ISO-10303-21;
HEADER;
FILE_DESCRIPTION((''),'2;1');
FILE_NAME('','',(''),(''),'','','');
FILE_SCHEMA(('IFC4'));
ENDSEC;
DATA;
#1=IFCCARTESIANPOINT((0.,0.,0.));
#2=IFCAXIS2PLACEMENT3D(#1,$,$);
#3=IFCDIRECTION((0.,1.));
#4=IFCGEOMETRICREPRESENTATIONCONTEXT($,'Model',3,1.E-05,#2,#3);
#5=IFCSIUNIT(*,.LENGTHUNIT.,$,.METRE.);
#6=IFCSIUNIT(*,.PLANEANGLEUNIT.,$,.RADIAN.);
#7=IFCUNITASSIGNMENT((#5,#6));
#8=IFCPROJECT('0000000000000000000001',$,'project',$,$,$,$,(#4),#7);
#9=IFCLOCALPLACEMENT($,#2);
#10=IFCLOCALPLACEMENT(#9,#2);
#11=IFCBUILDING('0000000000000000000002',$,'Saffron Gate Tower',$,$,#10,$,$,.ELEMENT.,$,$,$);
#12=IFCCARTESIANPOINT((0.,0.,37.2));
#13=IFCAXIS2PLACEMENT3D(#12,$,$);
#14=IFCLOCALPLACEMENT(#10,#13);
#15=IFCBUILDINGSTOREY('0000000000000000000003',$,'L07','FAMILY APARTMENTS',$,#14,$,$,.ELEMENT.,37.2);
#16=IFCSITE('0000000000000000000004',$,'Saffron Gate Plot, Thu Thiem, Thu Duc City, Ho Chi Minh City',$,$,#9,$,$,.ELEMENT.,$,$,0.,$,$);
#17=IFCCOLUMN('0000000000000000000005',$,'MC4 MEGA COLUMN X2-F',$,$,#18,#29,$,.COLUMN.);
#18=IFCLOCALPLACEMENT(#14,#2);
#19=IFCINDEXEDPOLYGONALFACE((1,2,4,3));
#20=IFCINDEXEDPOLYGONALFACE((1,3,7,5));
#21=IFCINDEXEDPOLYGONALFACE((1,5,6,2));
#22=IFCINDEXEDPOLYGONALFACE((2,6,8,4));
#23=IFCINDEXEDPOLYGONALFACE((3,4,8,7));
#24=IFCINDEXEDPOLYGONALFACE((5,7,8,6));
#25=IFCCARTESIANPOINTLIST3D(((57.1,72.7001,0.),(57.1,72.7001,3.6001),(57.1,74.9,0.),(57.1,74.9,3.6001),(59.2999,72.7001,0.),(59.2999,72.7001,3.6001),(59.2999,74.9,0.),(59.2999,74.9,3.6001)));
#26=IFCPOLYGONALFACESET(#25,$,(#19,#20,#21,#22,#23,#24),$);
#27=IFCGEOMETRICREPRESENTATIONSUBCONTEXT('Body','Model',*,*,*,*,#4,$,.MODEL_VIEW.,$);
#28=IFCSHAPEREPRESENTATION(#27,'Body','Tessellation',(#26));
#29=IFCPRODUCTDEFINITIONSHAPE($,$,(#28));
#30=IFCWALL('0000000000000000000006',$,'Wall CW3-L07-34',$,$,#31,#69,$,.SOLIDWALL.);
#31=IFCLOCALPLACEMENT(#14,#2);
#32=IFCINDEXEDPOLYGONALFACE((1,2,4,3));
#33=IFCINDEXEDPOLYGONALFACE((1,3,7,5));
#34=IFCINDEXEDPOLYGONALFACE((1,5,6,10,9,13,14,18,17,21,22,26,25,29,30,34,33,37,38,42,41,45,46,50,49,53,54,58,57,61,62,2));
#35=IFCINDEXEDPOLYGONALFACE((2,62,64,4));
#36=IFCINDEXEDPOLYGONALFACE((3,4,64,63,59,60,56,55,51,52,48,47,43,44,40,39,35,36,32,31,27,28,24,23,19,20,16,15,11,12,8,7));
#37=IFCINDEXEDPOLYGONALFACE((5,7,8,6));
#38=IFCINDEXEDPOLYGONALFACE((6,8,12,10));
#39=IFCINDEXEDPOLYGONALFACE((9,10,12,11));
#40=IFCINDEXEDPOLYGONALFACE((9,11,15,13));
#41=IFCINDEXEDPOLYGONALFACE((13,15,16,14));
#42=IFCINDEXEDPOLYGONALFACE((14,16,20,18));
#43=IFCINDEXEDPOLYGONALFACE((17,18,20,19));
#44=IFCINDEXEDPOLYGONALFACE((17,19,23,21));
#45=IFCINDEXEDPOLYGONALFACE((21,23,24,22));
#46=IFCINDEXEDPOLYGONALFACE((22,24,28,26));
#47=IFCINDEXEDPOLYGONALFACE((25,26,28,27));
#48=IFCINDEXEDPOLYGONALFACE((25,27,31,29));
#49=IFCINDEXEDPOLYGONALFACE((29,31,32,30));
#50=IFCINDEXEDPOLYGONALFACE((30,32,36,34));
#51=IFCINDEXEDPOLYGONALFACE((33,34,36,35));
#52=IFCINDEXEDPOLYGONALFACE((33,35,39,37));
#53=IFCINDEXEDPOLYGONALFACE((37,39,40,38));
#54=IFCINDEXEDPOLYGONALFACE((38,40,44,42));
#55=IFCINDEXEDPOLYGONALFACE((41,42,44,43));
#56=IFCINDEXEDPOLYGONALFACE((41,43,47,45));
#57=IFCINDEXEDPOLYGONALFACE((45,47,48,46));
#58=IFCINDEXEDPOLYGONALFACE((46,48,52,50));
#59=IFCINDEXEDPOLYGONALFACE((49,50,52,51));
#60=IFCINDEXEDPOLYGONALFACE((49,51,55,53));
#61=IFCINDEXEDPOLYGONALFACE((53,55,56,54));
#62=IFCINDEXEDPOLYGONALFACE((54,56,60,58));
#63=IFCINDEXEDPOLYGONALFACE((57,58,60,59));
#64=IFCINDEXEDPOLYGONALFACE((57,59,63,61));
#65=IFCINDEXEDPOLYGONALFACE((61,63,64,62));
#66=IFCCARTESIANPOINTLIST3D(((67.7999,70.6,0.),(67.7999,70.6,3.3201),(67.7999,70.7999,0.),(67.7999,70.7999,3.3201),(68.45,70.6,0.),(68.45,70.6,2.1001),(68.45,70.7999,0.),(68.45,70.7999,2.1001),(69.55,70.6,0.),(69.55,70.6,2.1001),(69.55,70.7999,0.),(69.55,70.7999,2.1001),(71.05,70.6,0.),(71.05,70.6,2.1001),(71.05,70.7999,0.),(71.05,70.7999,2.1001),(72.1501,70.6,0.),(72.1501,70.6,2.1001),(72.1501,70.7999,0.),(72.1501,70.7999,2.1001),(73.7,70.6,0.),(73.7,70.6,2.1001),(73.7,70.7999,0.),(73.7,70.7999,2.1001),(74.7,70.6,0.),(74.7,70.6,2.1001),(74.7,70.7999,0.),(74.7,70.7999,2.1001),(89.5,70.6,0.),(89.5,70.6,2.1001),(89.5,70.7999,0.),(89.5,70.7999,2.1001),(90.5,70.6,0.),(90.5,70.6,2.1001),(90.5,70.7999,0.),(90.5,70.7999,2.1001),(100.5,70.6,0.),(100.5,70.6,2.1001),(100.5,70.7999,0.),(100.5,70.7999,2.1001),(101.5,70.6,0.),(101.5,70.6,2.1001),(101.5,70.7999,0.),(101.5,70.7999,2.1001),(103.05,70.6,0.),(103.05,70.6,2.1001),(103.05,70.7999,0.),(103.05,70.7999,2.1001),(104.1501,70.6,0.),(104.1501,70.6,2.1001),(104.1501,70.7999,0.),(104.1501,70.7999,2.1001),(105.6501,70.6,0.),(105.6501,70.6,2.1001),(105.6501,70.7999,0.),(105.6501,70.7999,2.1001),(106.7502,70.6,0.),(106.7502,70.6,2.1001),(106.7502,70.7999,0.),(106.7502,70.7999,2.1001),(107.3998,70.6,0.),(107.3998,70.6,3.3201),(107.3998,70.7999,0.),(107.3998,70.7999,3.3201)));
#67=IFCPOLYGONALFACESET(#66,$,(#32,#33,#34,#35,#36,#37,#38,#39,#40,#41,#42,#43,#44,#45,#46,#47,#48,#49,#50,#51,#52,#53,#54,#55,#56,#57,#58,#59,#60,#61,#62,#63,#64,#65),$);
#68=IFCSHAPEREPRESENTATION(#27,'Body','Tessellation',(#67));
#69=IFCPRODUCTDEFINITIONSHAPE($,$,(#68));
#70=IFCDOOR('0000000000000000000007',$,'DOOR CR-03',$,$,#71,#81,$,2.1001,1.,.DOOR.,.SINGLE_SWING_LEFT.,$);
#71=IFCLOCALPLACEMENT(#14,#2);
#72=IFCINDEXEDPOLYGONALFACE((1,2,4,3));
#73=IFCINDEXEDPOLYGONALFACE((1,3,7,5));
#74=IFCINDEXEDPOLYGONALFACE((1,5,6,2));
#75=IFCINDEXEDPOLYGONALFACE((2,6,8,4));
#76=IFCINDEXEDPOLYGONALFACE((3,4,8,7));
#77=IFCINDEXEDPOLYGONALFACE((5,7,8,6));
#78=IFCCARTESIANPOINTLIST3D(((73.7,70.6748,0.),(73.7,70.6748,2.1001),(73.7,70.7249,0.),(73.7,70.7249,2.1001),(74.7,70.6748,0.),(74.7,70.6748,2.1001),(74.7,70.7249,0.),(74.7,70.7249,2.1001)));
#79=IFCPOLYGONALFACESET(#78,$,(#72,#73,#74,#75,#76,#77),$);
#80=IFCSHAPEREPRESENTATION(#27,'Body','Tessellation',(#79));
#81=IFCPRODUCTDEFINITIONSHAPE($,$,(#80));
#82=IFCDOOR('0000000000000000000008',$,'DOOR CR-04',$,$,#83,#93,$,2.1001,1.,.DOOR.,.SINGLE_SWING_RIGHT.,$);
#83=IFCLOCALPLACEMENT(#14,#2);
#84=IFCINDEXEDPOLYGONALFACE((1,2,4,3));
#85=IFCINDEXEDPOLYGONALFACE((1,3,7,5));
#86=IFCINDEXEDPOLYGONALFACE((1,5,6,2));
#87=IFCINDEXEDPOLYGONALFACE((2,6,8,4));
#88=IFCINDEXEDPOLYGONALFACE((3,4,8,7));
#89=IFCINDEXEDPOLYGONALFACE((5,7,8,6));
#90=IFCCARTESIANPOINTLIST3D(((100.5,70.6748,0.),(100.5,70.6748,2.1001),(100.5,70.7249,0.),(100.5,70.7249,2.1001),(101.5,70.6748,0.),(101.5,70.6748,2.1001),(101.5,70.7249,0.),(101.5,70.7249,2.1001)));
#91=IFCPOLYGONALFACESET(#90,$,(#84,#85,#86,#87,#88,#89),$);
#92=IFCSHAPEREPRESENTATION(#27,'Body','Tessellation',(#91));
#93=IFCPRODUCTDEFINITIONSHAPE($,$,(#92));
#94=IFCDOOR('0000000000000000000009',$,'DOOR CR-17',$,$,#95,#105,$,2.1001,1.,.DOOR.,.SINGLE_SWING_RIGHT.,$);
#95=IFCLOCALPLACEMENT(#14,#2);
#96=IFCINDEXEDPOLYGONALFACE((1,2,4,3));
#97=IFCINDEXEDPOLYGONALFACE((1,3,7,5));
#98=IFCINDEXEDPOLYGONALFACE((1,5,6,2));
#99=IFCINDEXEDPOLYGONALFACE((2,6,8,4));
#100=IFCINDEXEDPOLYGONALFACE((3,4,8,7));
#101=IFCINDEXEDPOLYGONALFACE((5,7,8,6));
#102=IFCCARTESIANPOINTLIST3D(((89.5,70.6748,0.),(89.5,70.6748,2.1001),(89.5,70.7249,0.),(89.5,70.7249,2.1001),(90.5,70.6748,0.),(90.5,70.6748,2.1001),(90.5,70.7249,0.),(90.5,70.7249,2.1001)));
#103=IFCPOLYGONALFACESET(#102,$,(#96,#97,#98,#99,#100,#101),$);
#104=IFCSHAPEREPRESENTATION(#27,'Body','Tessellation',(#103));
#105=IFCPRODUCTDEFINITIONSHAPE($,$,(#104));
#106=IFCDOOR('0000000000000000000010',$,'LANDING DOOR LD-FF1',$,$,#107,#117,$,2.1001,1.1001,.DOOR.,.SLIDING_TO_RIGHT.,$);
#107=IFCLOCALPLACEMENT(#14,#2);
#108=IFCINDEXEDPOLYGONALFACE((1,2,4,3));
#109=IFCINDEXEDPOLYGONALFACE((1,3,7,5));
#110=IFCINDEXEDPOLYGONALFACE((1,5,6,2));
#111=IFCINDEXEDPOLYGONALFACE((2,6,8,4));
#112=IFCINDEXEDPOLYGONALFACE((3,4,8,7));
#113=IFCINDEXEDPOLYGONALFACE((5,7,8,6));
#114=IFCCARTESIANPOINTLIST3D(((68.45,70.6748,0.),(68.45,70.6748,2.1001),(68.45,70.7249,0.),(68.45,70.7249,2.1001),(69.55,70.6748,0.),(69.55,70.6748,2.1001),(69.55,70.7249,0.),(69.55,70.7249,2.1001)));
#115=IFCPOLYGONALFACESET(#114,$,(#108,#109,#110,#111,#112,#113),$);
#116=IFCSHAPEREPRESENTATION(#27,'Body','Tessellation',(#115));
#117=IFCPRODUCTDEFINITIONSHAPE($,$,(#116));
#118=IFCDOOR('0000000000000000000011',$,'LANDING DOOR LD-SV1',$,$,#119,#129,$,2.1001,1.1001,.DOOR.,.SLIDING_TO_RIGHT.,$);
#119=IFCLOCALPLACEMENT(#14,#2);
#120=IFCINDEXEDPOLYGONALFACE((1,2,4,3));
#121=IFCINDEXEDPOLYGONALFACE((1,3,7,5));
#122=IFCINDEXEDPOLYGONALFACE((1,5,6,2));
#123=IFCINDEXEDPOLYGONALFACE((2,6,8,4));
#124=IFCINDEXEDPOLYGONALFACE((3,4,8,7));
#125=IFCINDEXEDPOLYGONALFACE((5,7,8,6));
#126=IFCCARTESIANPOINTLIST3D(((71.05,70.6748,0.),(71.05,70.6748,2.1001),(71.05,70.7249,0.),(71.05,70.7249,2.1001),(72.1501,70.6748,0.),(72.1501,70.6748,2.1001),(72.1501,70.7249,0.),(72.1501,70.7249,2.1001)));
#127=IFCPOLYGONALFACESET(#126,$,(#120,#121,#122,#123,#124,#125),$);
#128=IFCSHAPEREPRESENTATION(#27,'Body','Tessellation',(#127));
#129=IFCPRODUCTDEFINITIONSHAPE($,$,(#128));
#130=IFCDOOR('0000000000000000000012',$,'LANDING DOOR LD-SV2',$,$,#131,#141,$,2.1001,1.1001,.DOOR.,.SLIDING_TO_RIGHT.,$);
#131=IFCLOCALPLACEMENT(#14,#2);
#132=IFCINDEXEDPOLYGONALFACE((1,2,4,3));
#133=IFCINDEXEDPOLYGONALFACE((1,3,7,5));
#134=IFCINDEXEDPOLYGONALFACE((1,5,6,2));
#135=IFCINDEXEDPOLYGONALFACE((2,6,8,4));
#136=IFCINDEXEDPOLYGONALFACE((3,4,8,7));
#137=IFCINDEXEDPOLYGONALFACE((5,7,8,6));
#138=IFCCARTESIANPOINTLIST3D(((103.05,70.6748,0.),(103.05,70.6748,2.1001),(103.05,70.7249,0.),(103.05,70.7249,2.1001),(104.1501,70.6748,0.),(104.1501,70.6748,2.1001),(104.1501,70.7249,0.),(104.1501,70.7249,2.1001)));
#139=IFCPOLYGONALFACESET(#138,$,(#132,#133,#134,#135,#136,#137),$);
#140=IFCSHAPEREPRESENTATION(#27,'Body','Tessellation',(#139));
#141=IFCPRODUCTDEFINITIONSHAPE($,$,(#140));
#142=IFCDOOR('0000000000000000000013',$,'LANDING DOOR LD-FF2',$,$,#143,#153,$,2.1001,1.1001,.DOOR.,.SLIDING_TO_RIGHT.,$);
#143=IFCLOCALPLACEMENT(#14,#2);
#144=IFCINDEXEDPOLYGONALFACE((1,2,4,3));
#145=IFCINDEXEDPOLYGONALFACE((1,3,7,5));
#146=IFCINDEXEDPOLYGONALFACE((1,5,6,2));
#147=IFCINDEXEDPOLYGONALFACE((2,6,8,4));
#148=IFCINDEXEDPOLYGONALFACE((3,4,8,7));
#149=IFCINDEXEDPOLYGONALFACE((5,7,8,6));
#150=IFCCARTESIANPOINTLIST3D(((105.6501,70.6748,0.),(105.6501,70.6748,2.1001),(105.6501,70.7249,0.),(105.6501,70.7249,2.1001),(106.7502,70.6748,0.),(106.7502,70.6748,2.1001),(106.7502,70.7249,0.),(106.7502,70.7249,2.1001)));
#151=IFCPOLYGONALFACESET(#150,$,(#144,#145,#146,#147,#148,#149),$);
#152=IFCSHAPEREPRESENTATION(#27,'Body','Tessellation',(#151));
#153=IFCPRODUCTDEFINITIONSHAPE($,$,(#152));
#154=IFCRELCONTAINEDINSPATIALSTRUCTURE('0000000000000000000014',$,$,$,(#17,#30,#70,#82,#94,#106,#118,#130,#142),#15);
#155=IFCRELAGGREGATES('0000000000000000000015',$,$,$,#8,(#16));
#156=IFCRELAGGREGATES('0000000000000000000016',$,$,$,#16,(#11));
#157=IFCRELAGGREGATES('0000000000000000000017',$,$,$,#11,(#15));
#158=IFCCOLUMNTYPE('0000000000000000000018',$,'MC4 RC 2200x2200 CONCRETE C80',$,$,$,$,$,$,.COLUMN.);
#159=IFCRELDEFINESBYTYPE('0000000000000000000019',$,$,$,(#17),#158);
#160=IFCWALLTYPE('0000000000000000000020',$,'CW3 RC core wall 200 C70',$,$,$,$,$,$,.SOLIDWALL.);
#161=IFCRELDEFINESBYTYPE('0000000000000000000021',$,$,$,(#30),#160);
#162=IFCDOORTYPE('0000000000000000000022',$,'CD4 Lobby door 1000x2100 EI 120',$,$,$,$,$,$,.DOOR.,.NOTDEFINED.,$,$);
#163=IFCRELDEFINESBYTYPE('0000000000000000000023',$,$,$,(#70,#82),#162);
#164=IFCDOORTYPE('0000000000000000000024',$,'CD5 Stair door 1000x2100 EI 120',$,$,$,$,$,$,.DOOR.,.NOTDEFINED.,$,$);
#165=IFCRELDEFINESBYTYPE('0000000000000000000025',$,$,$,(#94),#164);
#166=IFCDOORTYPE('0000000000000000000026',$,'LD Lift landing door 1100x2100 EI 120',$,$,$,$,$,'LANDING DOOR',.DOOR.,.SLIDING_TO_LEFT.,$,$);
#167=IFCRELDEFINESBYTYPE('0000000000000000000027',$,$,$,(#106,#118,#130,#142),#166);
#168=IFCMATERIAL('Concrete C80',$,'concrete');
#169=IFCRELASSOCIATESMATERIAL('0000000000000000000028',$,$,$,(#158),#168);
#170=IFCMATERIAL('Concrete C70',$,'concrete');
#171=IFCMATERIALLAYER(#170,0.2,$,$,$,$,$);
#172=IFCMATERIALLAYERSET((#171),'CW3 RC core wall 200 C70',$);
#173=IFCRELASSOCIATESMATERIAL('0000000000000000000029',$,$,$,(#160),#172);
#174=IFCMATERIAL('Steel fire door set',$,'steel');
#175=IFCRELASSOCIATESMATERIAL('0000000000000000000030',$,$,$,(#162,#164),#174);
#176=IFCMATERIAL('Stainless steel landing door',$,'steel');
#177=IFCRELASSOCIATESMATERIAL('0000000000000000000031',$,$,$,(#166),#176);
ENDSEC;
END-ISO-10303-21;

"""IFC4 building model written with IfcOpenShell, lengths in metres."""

from ifc_helpers import new_model, si_unit, direction, frame, frame_2d, origin, origin_2d, place, context, subcontext, project, spatial, rectangle, extrude, material, layer, layer_set, material_profile, profile_set, type_object, element, fill, save


model = new_model("IFC4")

# Units and contexts
model_context = context("Model", 3, precision=1e-05, world=origin(), true_north=direction((0.0, 1.0)))
body_context = subcontext(model_context, "Body", "Model", "MODEL_VIEW")
ifc_project = project(units=[si_unit("LENGTHUNIT", "METRE"), si_unit("PLANEANGLEUNIT", "RADIAN")], contexts=[model_context])

# Site, building, storey
site_placement = place(None, origin())
site = spatial("IfcSite", under=ifc_project, at=site_placement, Name="Saffron Gate Plot, Thu Thiem, Thu Duc City, Ho Chi Minh City", CompositionType="ELEMENT", RefElevation=0.0)
building_placement = place(site_placement, origin())
building = spatial("IfcBuilding", under=site, at=building_placement, Name="Saffron Gate Tower", CompositionType="ELEMENT")
storey_placement = place(building_placement, frame((0.0, 0.0, 37.2)))
storey = spatial("IfcBuildingStorey", under=building, at=storey_placement, Name="L07", Description="FAMILY APARTMENTS", CompositionType="ELEMENT", Elevation=37.2)

# Column
ifc_material_1 = material(Name="Concrete C80", Category="concrete")
ifc_material_profile = material_profile(ifc_material_1, rectangle(XDim=2.2, YDim=2.2, at=origin_2d()))
ifc_profile_set = profile_set([ifc_material_profile], Name="Concrete C80")
column_type = type_object("IfcColumnType", Name="MC4 RC 2200x2200 CONCRETE C80", PredefinedType="COLUMN", material=ifc_profile_set)
column_placement = place(storey_placement, frame((58.2, 73.8, 0.0), z_axis=(0.0, 0.0, 1.0), x_axis=(1.0, 0.0, 0.0)))
element("IfcColumn", 1, at=column_placement, inside=storey, type_object=column_type, Name="MC4 MEGA COLUMN X2-F", PredefinedType="COLUMN", context=body_context, shape_type="SweptSolid", body=[
    extrude(rectangle(XDim=2.2, YDim=2.2, at=origin_2d()), origin(), (0.0, 0.0, 1.0), 3.6001),
])

# Wall, openings, doors
ifc_material_2 = material(Name="Concrete C70", Category="concrete")
ifc_layer_1 = layer(ifc_material_2, 0.2)
ifc_layer_set_1 = layer_set([ifc_layer_1], Name="CW3 RC core wall 200 C70")
wall_type_1 = type_object("IfcWallType", Name="CW3 RC core wall 200 C70", PredefinedType="SOLIDWALL", material=ifc_layer_set_1)
wall_1_placement = place(storey_placement, frame((67.8, 70.7, 0.0), z_axis=(0.0, 0.0, 1.0), x_axis=(1.0, 0.0, 0.0)))
wall_1 = element("IfcWall", 2, at=wall_1_placement, inside=storey, type_object=wall_type_1, Name="Wall CW3-L07-34", PredefinedType="SOLIDWALL", context=body_context, shape_type="SweptSolid", body=[
    extrude(rectangle(XDim=39.5999, YDim=0.2, at=frame_2d((19.7998, 0.0))), origin(), (0.0, 0.0, 1.0), 3.3201),
])
opening_1_placement = place(wall_1_placement, frame((0.6499, 0.0, 0.0)))
opening_1 = element("IfcOpeningElement", 3, at=opening_1_placement, cuts=wall_1, PredefinedType="OPENING", context=body_context, shape_type="SweptSolid", body=[
    extrude(rectangle(XDim=1.1001, YDim=2.1001, at=frame_2d((0.55, 1.05))), frame((0.0, 0.1099, 0.0), z_axis=(0.0, -1.0, 0.0), x_axis=(1.0, 0.0, 0.0)), (0.0, 0.0, 1.0), 0.22),
])
opening_2_placement = place(wall_1_placement, frame((3.25, 0.0, 0.0)))
opening_2 = element("IfcOpeningElement", 4, at=opening_2_placement, cuts=wall_1, PredefinedType="OPENING", context=body_context, shape_type="SweptSolid", body=[
    extrude(rectangle(XDim=1.1001, YDim=2.1001, at=frame_2d((0.55, 1.05))), frame((0.0, 0.1099, 0.0), z_axis=(0.0, -1.0, 0.0), x_axis=(1.0, 0.0, 0.0)), (0.0, 0.0, 1.0), 0.22),
])
opening_3_placement = place(wall_1_placement, frame((5.8999, 0.0, 0.0)))
opening_3 = element("IfcOpeningElement", 5, at=opening_3_placement, cuts=wall_1, PredefinedType="OPENING", context=body_context, shape_type="SweptSolid", body=[
    extrude(rectangle(XDim=1.0, YDim=2.1001, at=frame_2d((0.5, 1.05))), frame((0.0, 0.1099, 0.0), z_axis=(0.0, -1.0, 0.0), x_axis=(1.0, 0.0, 0.0)), (0.0, 0.0, 1.0), 0.22),
])
opening_4_placement = place(wall_1_placement, frame((21.7, 0.0, 0.0)))
opening_4 = element("IfcOpeningElement", 6, at=opening_4_placement, cuts=wall_1, PredefinedType="OPENING", context=body_context, shape_type="SweptSolid", body=[
    extrude(rectangle(XDim=1.0, YDim=2.1001, at=frame_2d((0.5, 1.05))), frame((0.0, 0.1099, 0.0), z_axis=(0.0, -1.0, 0.0), x_axis=(1.0, 0.0, 0.0)), (0.0, 0.0, 1.0), 0.22),
])
opening_5_placement = place(wall_1_placement, frame((32.7, 0.0, 0.0)))
opening_5 = element("IfcOpeningElement", 7, at=opening_5_placement, cuts=wall_1, PredefinedType="OPENING", context=body_context, shape_type="SweptSolid", body=[
    extrude(rectangle(XDim=1.0, YDim=2.1001, at=frame_2d((0.5, 1.05))), frame((0.0, 0.1099, 0.0), z_axis=(0.0, -1.0, 0.0), x_axis=(1.0, 0.0, 0.0)), (0.0, 0.0, 1.0), 0.22),
])
opening_6_placement = place(wall_1_placement, frame((35.25, 0.0, 0.0)))
opening_6 = element("IfcOpeningElement", 8, at=opening_6_placement, cuts=wall_1, PredefinedType="OPENING", context=body_context, shape_type="SweptSolid", body=[
    extrude(rectangle(XDim=1.1001, YDim=2.1001, at=frame_2d((0.55, 1.05))), frame((0.0, 0.1099, 0.0), z_axis=(0.0, -1.0, 0.0), x_axis=(1.0, 0.0, 0.0)), (0.0, 0.0, 1.0), 0.22),
])
opening_7_placement = place(wall_1_placement, frame((37.8501, 0.0, 0.0)))
opening_7 = element("IfcOpeningElement", 9, at=opening_7_placement, cuts=wall_1, PredefinedType="OPENING", context=body_context, shape_type="SweptSolid", body=[
    extrude(rectangle(XDim=1.1001, YDim=2.1001, at=frame_2d((0.55, 1.05))), frame((0.0, 0.1099, 0.0), z_axis=(0.0, -1.0, 0.0), x_axis=(1.0, 0.0, 0.0)), (0.0, 0.0, 1.0), 0.22),
])
ifc_material_3 = material(Name="Steel fire door set", Category="steel")
door_type_1 = type_object("IfcDoorType", Name="CD4 Lobby door 1000x2100 EI 120", OperationType="NOTDEFINED", PredefinedType="DOOR", material=ifc_material_3)
door_1_placement = place(opening_3_placement, origin())
door_1 = element("IfcDoor", 10, at=door_1_placement, inside=storey, type_object=door_type_1, Name="DOOR CR-03", OperationType="SINGLE_SWING_LEFT", OverallHeight=2.1001, OverallWidth=1.0, PredefinedType="DOOR", context=body_context, shape_type="SweptSolid", body=[
    extrude(rectangle(XDim=1.0, YDim=2.1001, at=frame_2d((0.5, 1.05))), frame((0.0, 0.0249, 0.0), z_axis=(0.0, -1.0, 0.0), x_axis=(1.0, 0.0, 0.0)), (0.0, 0.0, 1.0), 0.05),
])
fill(opening_3, door_1)
door_2_placement = place(opening_5_placement, origin())
door_2 = element("IfcDoor", 11, at=door_2_placement, inside=storey, type_object=door_type_1, Name="DOOR CR-04", OperationType="SINGLE_SWING_RIGHT", OverallHeight=2.1001, OverallWidth=1.0, PredefinedType="DOOR", context=body_context, shape_type="SweptSolid", body=[
    extrude(rectangle(XDim=1.0, YDim=2.1001, at=frame_2d((0.5, 1.05))), frame((0.0, 0.0249, 0.0), z_axis=(0.0, -1.0, 0.0), x_axis=(1.0, 0.0, 0.0)), (0.0, 0.0, 1.0), 0.05),
])
fill(opening_5, door_2)
door_type_2 = type_object("IfcDoorType", Name="CD5 Stair door 1000x2100 EI 120", OperationType="NOTDEFINED", PredefinedType="DOOR", material=ifc_material_3)
door_3_placement = place(opening_4_placement, origin())
door_3 = element("IfcDoor", 12, at=door_3_placement, inside=storey, type_object=door_type_2, Name="DOOR CR-17", OperationType="SINGLE_SWING_RIGHT", OverallHeight=2.1001, OverallWidth=1.0, PredefinedType="DOOR", context=body_context, shape_type="SweptSolid", body=[
    extrude(rectangle(XDim=1.0, YDim=2.1001, at=frame_2d((0.5, 1.05))), frame((0.0, 0.0249, 0.0), z_axis=(0.0, -1.0, 0.0), x_axis=(1.0, 0.0, 0.0)), (0.0, 0.0, 1.0), 0.05),
])
fill(opening_4, door_3)
ifc_material_4 = material(Name="Stainless steel landing door", Category="steel")
door_type_3 = type_object("IfcDoorType", Name="LD Lift landing door 1100x2100 EI 120", ElementType="LANDING DOOR", OperationType="SLIDING_TO_LEFT", PredefinedType="DOOR", material=ifc_material_4)
door_4_placement = place(opening_1_placement, origin())
door_4 = element("IfcDoor", 13, at=door_4_placement, inside=storey, type_object=door_type_3, Name="LANDING DOOR LD-FF1", OperationType="SLIDING_TO_RIGHT", OverallHeight=2.1001, OverallWidth=1.1001, PredefinedType="DOOR", context=body_context, shape_type="SweptSolid", body=[
    extrude(rectangle(XDim=1.1001, YDim=2.1001, at=frame_2d((0.55, 1.05))), frame((0.0, 0.0249, 0.0), z_axis=(0.0, -1.0, 0.0), x_axis=(1.0, 0.0, 0.0)), (0.0, 0.0, 1.0), 0.05),
])
fill(opening_1, door_4)
door_5_placement = place(opening_2_placement, origin())
door_5 = element("IfcDoor", 14, at=door_5_placement, inside=storey, type_object=door_type_3, Name="LANDING DOOR LD-SV1", OperationType="SLIDING_TO_RIGHT", OverallHeight=2.1001, OverallWidth=1.1001, PredefinedType="DOOR", context=body_context, shape_type="SweptSolid", body=[
    extrude(rectangle(XDim=1.1001, YDim=2.1001, at=frame_2d((0.55, 1.05))), frame((0.0, 0.0249, 0.0), z_axis=(0.0, -1.0, 0.0), x_axis=(1.0, 0.0, 0.0)), (0.0, 0.0, 1.0), 0.05),
])
fill(opening_2, door_5)
door_6_placement = place(opening_6_placement, origin())
door_6 = element("IfcDoor", 15, at=door_6_placement, inside=storey, type_object=door_type_3, Name="LANDING DOOR LD-SV2", OperationType="SLIDING_TO_RIGHT", OverallHeight=2.1001, OverallWidth=1.1001, PredefinedType="DOOR", context=body_context, shape_type="SweptSolid", body=[
    extrude(rectangle(XDim=1.1001, YDim=2.1001, at=frame_2d((0.55, 1.05))), frame((0.0, 0.0249, 0.0), z_axis=(0.0, -1.0, 0.0), x_axis=(1.0, 0.0, 0.0)), (0.0, 0.0, 1.0), 0.05),
])
fill(opening_6, door_6)
door_7_placement = place(opening_7_placement, origin())
door_7 = element("IfcDoor", 16, at=door_7_placement, inside=storey, type_object=door_type_3, Name="LANDING DOOR LD-FF2", OperationType="SLIDING_TO_RIGHT", OverallHeight=2.1001, OverallWidth=1.1001, PredefinedType="DOOR", context=body_context, shape_type="SweptSolid", body=[
    extrude(rectangle(XDim=1.1001, YDim=2.1001, at=frame_2d((0.55, 1.05))), frame((0.0, 0.0249, 0.0), z_axis=(0.0, -1.0, 0.0), x_axis=(1.0, 0.0, 0.0)), (0.0, 0.0, 1.0), 0.05),
])
fill(opening_7, door_7)

save(model, "model.ifc")
